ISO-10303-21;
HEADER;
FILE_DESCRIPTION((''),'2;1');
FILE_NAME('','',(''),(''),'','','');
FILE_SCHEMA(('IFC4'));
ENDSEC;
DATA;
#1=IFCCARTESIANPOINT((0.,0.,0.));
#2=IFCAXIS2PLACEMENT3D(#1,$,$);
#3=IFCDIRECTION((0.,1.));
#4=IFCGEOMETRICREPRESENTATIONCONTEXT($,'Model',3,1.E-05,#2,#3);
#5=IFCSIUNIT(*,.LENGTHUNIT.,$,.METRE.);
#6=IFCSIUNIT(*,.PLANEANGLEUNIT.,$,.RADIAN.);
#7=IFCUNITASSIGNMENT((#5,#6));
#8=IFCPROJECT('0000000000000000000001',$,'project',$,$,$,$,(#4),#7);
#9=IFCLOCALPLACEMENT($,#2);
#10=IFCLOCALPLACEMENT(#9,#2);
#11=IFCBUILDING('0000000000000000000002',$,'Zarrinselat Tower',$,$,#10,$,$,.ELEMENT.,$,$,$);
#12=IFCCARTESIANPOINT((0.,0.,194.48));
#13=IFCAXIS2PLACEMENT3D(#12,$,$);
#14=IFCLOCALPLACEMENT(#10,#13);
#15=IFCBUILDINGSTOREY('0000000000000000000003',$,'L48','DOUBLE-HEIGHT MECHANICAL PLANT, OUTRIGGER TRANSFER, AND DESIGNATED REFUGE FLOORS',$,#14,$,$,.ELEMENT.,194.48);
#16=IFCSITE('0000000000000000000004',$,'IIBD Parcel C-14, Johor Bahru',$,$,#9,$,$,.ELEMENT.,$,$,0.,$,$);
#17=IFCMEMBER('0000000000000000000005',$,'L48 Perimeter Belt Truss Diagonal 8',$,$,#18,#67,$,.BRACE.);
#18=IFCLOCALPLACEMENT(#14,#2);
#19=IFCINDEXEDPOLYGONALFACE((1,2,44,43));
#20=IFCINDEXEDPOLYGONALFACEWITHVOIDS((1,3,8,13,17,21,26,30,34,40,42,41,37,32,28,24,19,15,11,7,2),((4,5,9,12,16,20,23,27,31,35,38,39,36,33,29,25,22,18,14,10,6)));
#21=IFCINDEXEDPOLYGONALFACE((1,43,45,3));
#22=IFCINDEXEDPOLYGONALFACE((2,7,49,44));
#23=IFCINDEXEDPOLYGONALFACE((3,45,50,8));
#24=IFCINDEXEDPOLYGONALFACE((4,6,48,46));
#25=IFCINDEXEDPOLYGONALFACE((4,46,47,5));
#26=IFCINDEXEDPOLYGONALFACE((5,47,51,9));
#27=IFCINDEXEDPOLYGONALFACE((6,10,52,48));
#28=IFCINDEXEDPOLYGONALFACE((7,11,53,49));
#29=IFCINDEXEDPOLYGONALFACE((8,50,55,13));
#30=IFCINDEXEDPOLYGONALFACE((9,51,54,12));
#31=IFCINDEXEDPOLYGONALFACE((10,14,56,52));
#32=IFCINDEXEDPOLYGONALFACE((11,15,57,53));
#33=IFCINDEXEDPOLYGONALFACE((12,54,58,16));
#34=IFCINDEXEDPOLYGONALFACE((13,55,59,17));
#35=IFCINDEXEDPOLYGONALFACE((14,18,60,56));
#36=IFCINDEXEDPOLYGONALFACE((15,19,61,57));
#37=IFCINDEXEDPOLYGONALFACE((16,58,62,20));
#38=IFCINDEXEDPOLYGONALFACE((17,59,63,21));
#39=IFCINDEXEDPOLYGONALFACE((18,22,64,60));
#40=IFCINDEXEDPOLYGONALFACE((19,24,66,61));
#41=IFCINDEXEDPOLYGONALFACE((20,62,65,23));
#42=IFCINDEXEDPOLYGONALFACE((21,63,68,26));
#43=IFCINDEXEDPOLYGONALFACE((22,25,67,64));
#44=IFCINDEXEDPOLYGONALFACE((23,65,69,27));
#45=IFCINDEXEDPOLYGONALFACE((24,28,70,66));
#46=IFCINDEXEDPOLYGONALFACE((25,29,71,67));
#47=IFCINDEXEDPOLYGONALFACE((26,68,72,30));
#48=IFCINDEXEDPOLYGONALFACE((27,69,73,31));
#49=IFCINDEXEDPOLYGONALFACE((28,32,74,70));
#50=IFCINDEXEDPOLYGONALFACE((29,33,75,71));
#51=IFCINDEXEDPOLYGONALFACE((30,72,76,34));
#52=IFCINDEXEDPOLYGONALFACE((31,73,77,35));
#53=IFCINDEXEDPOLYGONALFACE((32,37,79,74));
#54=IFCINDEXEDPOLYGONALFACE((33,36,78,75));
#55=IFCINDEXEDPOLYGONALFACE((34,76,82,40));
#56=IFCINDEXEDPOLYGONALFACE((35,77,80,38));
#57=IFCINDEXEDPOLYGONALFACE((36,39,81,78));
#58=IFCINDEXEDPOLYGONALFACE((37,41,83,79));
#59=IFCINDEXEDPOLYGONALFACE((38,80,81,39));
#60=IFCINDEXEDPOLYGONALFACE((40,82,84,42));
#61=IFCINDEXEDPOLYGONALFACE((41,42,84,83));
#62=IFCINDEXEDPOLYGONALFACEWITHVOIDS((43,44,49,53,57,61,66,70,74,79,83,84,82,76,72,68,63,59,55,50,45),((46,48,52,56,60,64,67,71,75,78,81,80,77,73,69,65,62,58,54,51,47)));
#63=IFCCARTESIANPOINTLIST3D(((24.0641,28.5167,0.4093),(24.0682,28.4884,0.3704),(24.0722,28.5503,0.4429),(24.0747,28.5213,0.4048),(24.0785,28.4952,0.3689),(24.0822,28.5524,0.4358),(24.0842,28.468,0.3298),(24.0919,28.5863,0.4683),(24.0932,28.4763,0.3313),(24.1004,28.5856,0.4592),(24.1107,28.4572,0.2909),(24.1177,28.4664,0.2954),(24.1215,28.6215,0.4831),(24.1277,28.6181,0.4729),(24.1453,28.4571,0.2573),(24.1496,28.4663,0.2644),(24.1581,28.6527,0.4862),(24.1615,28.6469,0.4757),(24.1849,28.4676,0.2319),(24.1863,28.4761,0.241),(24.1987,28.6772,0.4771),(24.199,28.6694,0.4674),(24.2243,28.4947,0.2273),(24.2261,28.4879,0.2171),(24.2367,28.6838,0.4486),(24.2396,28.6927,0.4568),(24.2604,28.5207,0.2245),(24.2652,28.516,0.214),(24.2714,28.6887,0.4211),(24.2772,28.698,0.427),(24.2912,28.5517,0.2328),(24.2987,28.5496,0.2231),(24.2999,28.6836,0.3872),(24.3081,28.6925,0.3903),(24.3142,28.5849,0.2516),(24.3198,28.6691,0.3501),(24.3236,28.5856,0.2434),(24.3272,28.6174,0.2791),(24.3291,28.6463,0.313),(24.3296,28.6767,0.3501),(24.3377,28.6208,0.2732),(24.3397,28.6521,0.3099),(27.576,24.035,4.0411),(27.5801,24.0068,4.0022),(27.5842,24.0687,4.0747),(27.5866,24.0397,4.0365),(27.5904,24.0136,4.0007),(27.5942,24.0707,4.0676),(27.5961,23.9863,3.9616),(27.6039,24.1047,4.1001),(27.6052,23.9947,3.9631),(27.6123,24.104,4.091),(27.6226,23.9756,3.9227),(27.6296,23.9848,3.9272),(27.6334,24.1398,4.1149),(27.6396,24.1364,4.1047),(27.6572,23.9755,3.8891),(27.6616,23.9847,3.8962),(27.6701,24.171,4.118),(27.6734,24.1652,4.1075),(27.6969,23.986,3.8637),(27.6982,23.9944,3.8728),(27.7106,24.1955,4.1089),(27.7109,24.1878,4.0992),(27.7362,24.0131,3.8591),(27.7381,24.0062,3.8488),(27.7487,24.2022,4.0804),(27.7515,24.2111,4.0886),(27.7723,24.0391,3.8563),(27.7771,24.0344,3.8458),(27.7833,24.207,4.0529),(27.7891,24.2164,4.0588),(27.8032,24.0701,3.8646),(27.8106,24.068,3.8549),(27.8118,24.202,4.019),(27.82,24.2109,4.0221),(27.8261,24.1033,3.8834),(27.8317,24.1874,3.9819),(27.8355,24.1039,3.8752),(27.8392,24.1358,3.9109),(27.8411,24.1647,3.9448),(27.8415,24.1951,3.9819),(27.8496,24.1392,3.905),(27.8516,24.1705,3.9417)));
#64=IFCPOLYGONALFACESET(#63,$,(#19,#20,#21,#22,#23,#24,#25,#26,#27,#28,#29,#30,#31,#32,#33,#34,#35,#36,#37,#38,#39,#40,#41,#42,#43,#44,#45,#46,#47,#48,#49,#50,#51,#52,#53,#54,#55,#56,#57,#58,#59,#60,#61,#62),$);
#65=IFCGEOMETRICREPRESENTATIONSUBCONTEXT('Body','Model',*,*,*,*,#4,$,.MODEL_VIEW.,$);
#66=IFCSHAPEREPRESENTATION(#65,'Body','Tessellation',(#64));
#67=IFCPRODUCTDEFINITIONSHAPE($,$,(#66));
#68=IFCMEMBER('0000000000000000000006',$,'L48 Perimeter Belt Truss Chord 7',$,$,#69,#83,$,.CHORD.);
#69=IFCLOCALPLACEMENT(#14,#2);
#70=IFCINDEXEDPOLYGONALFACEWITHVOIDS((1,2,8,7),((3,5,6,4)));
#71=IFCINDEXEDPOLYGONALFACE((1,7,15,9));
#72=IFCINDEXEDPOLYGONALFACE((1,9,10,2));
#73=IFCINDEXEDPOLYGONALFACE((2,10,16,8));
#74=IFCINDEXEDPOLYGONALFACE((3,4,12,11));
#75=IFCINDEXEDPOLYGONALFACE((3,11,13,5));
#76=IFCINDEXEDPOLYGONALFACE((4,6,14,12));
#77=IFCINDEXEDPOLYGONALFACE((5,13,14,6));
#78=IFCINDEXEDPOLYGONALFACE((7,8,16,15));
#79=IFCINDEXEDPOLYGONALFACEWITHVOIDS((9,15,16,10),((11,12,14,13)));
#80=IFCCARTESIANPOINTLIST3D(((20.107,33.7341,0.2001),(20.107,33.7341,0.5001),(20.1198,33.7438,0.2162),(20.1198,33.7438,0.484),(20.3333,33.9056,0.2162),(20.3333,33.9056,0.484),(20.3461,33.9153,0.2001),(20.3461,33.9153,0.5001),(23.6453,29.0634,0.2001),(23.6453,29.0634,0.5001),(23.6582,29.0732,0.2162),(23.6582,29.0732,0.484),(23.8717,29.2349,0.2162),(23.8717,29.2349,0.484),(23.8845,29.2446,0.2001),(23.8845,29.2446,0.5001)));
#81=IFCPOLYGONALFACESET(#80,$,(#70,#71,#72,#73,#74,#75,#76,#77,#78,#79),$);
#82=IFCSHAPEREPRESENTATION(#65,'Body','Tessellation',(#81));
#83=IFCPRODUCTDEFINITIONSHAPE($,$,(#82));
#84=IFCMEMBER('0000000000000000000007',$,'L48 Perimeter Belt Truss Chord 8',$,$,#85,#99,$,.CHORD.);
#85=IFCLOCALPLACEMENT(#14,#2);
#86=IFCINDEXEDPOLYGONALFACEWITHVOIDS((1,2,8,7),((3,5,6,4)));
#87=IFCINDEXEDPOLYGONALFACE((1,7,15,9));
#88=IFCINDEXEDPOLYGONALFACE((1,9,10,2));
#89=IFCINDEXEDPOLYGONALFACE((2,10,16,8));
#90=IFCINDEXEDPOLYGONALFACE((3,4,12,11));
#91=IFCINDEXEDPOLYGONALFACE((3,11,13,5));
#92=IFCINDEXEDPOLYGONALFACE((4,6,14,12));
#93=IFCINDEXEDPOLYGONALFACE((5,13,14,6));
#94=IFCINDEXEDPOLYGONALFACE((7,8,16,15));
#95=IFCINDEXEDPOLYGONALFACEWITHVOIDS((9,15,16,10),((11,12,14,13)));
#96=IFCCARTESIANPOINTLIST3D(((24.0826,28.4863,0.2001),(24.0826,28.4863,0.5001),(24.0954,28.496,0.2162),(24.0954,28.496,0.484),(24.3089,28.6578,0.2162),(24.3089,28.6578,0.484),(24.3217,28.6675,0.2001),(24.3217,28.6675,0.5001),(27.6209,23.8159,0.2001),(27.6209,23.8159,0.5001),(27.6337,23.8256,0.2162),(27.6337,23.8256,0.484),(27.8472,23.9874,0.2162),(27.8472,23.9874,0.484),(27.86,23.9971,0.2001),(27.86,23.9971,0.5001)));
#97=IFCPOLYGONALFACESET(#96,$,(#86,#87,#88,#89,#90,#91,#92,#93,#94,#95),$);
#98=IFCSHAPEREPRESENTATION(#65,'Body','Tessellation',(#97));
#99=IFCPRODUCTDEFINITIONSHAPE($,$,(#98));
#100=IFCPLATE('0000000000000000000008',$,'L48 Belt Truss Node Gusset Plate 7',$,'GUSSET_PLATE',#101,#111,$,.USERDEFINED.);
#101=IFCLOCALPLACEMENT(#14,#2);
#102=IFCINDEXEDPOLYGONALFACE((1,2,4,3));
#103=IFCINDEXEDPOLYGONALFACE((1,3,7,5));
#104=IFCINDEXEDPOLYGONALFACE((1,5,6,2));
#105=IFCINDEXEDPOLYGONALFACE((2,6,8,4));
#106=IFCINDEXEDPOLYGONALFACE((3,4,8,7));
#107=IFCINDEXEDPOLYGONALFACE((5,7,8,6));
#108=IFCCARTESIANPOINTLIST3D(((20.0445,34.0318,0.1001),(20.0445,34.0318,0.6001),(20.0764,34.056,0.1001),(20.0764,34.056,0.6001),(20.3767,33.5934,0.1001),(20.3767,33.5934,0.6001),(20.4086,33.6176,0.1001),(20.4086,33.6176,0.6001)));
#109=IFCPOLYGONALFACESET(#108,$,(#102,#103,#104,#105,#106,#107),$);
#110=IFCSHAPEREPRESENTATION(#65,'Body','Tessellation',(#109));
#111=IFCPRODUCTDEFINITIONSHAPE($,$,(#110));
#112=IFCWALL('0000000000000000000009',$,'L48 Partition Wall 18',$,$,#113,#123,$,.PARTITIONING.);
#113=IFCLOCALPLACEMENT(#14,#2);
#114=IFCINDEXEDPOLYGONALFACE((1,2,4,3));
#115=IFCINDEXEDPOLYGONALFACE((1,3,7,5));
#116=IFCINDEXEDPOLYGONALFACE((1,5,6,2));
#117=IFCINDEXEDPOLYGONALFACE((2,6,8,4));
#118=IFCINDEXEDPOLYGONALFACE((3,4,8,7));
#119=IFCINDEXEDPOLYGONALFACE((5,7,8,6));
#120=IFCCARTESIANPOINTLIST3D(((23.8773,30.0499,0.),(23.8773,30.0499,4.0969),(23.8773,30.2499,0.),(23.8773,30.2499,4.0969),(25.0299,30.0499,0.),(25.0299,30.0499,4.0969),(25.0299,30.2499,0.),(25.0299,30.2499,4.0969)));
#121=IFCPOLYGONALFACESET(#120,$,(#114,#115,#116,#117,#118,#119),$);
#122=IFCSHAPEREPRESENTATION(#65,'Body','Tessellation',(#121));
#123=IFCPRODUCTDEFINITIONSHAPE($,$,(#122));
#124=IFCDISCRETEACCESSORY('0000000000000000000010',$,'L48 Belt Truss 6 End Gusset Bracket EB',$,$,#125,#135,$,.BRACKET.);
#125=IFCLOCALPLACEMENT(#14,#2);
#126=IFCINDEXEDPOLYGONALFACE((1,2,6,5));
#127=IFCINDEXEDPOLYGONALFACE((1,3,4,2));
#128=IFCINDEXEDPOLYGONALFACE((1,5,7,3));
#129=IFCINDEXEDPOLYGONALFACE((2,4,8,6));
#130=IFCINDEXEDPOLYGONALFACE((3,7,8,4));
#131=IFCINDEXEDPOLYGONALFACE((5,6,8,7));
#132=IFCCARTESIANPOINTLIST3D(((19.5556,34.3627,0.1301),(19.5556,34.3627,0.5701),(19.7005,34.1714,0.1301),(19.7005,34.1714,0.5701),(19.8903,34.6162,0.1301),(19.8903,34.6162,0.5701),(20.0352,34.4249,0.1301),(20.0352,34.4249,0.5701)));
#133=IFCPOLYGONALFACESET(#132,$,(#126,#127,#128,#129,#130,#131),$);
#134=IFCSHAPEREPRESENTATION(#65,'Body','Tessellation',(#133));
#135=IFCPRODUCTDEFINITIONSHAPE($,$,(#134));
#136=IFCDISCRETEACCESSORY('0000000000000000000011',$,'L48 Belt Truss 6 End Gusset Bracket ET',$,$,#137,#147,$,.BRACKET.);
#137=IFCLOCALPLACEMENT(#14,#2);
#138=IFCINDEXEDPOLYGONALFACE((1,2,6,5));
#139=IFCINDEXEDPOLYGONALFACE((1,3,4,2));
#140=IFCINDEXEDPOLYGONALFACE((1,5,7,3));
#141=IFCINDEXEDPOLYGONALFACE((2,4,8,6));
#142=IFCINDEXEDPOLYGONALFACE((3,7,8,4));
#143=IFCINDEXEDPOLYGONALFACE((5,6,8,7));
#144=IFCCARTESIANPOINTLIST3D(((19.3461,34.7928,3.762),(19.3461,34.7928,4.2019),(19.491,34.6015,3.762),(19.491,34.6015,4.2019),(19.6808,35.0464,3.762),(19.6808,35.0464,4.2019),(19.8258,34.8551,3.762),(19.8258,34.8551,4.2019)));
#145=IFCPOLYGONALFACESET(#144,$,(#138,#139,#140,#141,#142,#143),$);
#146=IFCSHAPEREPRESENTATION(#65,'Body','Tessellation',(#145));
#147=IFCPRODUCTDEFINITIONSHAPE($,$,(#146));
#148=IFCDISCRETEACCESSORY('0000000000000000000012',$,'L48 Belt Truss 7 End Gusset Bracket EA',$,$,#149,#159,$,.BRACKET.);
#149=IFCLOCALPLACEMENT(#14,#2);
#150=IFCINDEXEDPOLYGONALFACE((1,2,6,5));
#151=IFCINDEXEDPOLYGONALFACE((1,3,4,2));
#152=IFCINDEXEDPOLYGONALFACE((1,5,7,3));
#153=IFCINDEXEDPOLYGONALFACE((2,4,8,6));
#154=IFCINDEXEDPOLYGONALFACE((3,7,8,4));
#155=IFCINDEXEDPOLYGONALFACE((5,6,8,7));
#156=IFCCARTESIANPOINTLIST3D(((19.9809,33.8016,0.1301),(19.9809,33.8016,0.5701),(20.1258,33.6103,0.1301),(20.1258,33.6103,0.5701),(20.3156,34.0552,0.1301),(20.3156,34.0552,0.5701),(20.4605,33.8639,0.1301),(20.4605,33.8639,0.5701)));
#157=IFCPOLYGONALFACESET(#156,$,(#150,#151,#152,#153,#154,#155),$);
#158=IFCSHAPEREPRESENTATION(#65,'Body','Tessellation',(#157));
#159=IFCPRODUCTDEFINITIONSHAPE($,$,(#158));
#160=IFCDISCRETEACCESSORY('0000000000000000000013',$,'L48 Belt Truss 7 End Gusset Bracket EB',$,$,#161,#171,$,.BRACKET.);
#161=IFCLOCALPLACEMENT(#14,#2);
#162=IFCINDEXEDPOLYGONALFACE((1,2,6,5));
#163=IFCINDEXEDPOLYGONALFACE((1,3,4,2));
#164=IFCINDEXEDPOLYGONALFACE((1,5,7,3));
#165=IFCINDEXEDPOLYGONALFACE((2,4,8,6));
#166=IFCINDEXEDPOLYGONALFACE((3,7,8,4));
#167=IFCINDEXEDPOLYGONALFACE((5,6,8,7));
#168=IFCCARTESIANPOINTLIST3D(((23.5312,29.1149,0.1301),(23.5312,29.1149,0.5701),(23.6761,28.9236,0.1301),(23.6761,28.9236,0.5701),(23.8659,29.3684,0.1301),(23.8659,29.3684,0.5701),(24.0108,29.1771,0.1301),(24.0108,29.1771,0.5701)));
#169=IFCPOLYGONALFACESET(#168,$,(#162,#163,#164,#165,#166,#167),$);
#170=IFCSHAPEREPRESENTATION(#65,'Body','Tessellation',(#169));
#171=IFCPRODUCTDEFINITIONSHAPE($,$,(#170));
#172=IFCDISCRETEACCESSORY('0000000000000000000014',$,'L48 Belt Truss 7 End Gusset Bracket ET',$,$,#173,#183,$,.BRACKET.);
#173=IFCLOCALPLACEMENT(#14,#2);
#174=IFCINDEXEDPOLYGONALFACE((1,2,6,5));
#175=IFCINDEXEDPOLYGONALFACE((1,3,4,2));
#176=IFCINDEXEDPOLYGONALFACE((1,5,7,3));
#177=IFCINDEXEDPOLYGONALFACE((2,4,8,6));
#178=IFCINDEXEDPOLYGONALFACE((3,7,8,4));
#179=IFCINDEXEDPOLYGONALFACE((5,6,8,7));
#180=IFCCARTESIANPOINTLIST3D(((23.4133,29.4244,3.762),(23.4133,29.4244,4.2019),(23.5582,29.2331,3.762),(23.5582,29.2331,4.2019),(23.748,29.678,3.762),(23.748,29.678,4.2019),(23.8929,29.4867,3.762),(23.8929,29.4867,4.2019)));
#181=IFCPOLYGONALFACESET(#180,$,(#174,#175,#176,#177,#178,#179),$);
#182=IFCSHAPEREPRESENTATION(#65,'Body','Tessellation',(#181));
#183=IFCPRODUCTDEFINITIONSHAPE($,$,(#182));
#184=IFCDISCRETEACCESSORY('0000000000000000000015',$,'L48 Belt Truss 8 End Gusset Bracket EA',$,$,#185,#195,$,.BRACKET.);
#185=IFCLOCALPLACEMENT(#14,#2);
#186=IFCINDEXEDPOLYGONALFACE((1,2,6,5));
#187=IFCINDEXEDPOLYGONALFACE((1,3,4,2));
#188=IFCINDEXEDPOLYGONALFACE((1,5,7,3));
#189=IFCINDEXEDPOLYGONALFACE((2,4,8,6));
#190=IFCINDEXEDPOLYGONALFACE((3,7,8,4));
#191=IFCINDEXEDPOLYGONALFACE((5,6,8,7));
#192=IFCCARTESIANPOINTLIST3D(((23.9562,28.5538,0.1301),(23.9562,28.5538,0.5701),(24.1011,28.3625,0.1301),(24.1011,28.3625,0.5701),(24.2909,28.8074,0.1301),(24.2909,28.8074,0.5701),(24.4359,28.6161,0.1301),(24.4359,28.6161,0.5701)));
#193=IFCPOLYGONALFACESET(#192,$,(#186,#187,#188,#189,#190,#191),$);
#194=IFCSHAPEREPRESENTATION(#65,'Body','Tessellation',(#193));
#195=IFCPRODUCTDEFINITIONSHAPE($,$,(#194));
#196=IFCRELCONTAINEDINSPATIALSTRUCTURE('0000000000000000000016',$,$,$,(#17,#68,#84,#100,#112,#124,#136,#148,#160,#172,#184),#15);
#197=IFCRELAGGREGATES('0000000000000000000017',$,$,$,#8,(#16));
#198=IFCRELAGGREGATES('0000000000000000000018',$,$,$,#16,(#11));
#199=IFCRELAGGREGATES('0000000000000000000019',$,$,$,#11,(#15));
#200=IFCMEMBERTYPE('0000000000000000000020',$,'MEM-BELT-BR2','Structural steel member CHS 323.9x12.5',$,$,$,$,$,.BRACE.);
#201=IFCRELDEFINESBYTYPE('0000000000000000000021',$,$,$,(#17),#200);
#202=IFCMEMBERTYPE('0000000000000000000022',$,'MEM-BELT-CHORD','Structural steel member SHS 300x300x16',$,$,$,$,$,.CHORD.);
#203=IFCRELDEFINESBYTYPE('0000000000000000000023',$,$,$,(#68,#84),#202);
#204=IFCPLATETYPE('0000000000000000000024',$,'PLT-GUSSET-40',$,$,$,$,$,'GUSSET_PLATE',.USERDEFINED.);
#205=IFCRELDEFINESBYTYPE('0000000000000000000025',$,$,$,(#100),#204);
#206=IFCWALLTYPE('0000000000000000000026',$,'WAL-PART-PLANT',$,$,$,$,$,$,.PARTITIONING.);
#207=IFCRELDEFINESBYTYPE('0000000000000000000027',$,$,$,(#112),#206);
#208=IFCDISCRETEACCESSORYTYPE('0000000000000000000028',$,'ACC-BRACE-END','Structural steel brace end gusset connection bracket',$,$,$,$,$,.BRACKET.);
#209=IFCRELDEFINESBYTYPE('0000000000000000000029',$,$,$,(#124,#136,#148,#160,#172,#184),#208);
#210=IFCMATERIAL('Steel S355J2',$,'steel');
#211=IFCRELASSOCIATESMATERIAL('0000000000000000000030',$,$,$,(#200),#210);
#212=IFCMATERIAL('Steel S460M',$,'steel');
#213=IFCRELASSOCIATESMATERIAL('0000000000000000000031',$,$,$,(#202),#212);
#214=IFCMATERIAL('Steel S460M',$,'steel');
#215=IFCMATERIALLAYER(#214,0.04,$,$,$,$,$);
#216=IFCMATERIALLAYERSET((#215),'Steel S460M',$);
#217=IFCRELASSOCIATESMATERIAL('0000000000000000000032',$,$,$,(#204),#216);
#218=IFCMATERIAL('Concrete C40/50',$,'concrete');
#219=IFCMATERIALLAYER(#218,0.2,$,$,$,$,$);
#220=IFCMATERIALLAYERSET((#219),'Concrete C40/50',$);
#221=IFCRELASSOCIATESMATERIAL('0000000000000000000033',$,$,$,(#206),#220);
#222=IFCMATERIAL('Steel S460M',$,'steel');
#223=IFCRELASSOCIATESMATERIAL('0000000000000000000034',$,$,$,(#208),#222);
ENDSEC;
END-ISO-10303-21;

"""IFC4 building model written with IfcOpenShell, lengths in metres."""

from ifc_helpers import new_model, si_unit, direction, frame, frame_2d, origin, origin_2d, place, context, subcontext, project, spatial, rectangle, hollow_rectangle, hollow_circle, extrude, material, layer, layer_set, material_profile, profile_set, type_object, element, save


model = new_model("IFC4")

# Units and contexts
model_context = context("Model", 3, precision=1e-05, world=origin(), true_north=direction((0.0, 1.0)))
body_context = subcontext(model_context, "Body", "Model", "MODEL_VIEW")
ifc_project = project(units=[si_unit("LENGTHUNIT", "METRE"), si_unit("PLANEANGLEUNIT", "RADIAN")], contexts=[model_context])

# Site, building, storey
site_placement = place(None, origin())
site = spatial("IfcSite", under=ifc_project, at=site_placement, Name="IIBD Parcel C-14, Johor Bahru", CompositionType="ELEMENT", RefElevation=0.0)
building_placement = place(site_placement, origin())
building = spatial("IfcBuilding", under=site, at=building_placement, Name="Zarrinselat Tower", CompositionType="ELEMENT")
storey_placement = place(building_placement, frame((0.0, 0.0, 194.48)))
storey = spatial("IfcBuildingStorey", under=building, at=storey_placement, Name="L48", Description="DOUBLE-HEIGHT MECHANICAL PLANT, OUTRIGGER TRANSFER, AND DESIGNATED REFUGE FLOORS", CompositionType="ELEMENT", Elevation=194.48)

# Members
ifc_material_1 = material(Name="Steel S355J2", Category="steel")
ifc_material_profile_1 = material_profile(ifc_material_1, hollow_circle(Radius=0.1619, WallThickness=0.0125, at=origin_2d()), Name="CHS 323.9x12.5")
ifc_profile_set_1 = profile_set([ifc_material_profile_1], Name="Steel S355J2")
member_type_1 = type_object("IfcMemberType", Name="MEM-BELT-BR2", Description="Structural steel member CHS 323.9x12.5", PredefinedType="BRACE", material=ifc_profile_set_1)
member_1_placement = place(storey_placement, frame((24.2021, 28.5769, 0.3501), z_axis=(0.520022, -0.663611, 0.537772), x_axis=(0.787117, 0.616804, 0.0)))
element("IfcMember", 1, at=member_1_placement, inside=storey, type_object=member_type_1, Name="L48 Perimeter Belt Truss Diagonal 8", PredefinedType="BRACE", context=body_context, shape_type="SweptSolid", body=[
    extrude(hollow_circle(Radius=0.1619, WallThickness=0.0125, at=origin_2d()), origin(), (0.0, 0.0, 1.0), 6.7534),
])
ifc_material_2 = material(Name="Steel S460M", Category="steel")
ifc_material_profile_2 = material_profile(ifc_material_2, hollow_rectangle(XDim=0.3, YDim=0.3, WallThickness=0.0161, at=origin_2d()), Name="SHS 300x300x16")
ifc_profile_set_2 = profile_set([ifc_material_profile_2], Name="Steel S460M")
member_type_2 = type_object("IfcMemberType", Name="MEM-BELT-CHORD", Description="Structural steel member SHS 300x300x16", PredefinedType="CHORD", material=ifc_profile_set_2)
member_2_placement = place(storey_placement, frame((20.2266, 33.8247, 0.3501), z_axis=(0.603853, -0.797096, 0.0), x_axis=(0.797096, 0.603853, 0.0)))
element("IfcMember", 2, at=member_2_placement, inside=storey, type_object=member_type_2, Name="L48 Perimeter Belt Truss Chord 7", PredefinedType="CHORD", context=body_context, shape_type="SweptSolid", body=[
    extrude(hollow_rectangle(XDim=0.3, YDim=0.3, WallThickness=0.0161, at=origin_2d()), origin(), (0.0, 0.0, 1.0), 5.8596),
])
member_3_placement = place(storey_placement, frame((24.2021, 28.5769, 0.3501), z_axis=(0.603873, -0.797081, 0.0), x_axis=(0.797081, 0.603873, 0.0)))
element("IfcMember", 3, at=member_3_placement, inside=storey, type_object=member_type_2, Name="L48 Perimeter Belt Truss Chord 8", PredefinedType="CHORD", context=body_context, shape_type="SweptSolid", body=[
    extrude(hollow_rectangle(XDim=0.3, YDim=0.3, WallThickness=0.0161, at=origin_2d()), origin(), (0.0, 0.0, 1.0), 5.8594),
])

# Plate
ifc_material_3 = material(Name="Steel S460M", Category="steel")
ifc_layer_1 = layer(ifc_material_3, 0.04)
ifc_layer_set_1 = layer_set([ifc_layer_1], Name="Steel S460M")
plate_type = type_object("IfcPlateType", Name="PLT-GUSSET-40", ElementType="GUSSET_PLATE", PredefinedType="USERDEFINED", material=ifc_layer_set_1)
plate_placement = place(storey_placement, frame((20.2266, 33.8247, 0.1001), z_axis=(0.0, 0.0, 1.0), x_axis=(0.603854, -0.797095, 0.0)))
element("IfcPlate", 4, at=plate_placement, inside=storey, type_object=plate_type, Name="L48 Belt Truss Node Gusset Plate 7", ObjectType="GUSSET_PLATE", PredefinedType="USERDEFINED", context=body_context, shape_type="SweptSolid", body=[
    extrude(rectangle(XDim=0.55, YDim=0.04, at=origin_2d()), origin(), (0.0, 0.0, 1.0), 0.5),
])

# Wall
ifc_material_4 = material(Name="Concrete C40/50", Category="concrete")
ifc_layer_2 = layer(ifc_material_4, 0.2)
ifc_layer_set_2 = layer_set([ifc_layer_2], Name="Concrete C40/50")
wall_type = type_object("IfcWallType", Name="WAL-PART-PLANT", PredefinedType="PARTITIONING", material=ifc_layer_set_2)
wall_placement = place(storey_placement, frame((23.8774, 30.1499, 0.0), z_axis=(0.0, 0.0, 1.0), x_axis=(1.0, 0.0, 0.0)))
element("IfcWall", 5, at=wall_placement, inside=storey, type_object=wall_type, Name="L48 Partition Wall 18", PredefinedType="PARTITIONING", context=body_context, shape_type="SweptSolid", body=[
    extrude(rectangle(XDim=1.1526, YDim=0.2, at=frame_2d((0.5762, 0.0))), origin(), (0.0, 0.0, 1.0), 4.0969),
])

# Discrete accessories
ifc_material_5 = material(Name="Steel S460M", Category="steel")
discrete_accessory_type = type_object("IfcDiscreteAccessoryType", Name="ACC-BRACE-END", Description="Structural steel brace end gusset connection bracket", PredefinedType="BRACKET", material=ifc_material_5)
for number, where, z_axis, x_axis, name in (
    (6, (19.7954, 34.3938, 0.1301), (0.0, 0.0, 1.0), (0.603854, -0.797095, 0.0), "L48 Belt Truss 6 End Gusset Bracket EB"),
    (7, (19.5859, 34.824, 3.762), (0.0, 0.0, 1.0), (0.603854, -0.797095, 0.0), "L48 Belt Truss 6 End Gusset Bracket ET"),
    (8, (20.2207, 33.8328, 0.1301), (0.0, 0.0, 1.0), (0.603854, -0.797095, 0.0), "L48 Belt Truss 7 End Gusset Bracket EA"),
    (9, (23.771, 29.146, 0.1301), (0.0, 0.0, 1.0), (0.603854, -0.797095, 0.0), "L48 Belt Truss 7 End Gusset Bracket EB"),
    (10, (23.6531, 29.4556, 3.762), (0.0, 0.0, 1.0), (0.603854, -0.797095, 0.0), "L48 Belt Truss 7 End Gusset Bracket ET"),
    (11, (24.196, 28.585, 0.1301), (0.0, 0.0, 1.0), (0.603863, -0.797088, 0.0), "L48 Belt Truss 8 End Gusset Bracket EA"),
):
    element("IfcDiscreteAccessory", number, at=place(storey_placement, frame(where, z_axis=z_axis, x_axis=x_axis)), inside=storey, type_object=discrete_accessory_type, Name=name, PredefinedType="BRACKET", context=body_context, shape_type="SweptSolid", body=[
        extrude(rectangle(XDim=0.24, YDim=0.4199, at=origin_2d()), origin(), (0.0, 0.0, 1.0), 0.4399),
    ])

save(model, "model.ifc")
